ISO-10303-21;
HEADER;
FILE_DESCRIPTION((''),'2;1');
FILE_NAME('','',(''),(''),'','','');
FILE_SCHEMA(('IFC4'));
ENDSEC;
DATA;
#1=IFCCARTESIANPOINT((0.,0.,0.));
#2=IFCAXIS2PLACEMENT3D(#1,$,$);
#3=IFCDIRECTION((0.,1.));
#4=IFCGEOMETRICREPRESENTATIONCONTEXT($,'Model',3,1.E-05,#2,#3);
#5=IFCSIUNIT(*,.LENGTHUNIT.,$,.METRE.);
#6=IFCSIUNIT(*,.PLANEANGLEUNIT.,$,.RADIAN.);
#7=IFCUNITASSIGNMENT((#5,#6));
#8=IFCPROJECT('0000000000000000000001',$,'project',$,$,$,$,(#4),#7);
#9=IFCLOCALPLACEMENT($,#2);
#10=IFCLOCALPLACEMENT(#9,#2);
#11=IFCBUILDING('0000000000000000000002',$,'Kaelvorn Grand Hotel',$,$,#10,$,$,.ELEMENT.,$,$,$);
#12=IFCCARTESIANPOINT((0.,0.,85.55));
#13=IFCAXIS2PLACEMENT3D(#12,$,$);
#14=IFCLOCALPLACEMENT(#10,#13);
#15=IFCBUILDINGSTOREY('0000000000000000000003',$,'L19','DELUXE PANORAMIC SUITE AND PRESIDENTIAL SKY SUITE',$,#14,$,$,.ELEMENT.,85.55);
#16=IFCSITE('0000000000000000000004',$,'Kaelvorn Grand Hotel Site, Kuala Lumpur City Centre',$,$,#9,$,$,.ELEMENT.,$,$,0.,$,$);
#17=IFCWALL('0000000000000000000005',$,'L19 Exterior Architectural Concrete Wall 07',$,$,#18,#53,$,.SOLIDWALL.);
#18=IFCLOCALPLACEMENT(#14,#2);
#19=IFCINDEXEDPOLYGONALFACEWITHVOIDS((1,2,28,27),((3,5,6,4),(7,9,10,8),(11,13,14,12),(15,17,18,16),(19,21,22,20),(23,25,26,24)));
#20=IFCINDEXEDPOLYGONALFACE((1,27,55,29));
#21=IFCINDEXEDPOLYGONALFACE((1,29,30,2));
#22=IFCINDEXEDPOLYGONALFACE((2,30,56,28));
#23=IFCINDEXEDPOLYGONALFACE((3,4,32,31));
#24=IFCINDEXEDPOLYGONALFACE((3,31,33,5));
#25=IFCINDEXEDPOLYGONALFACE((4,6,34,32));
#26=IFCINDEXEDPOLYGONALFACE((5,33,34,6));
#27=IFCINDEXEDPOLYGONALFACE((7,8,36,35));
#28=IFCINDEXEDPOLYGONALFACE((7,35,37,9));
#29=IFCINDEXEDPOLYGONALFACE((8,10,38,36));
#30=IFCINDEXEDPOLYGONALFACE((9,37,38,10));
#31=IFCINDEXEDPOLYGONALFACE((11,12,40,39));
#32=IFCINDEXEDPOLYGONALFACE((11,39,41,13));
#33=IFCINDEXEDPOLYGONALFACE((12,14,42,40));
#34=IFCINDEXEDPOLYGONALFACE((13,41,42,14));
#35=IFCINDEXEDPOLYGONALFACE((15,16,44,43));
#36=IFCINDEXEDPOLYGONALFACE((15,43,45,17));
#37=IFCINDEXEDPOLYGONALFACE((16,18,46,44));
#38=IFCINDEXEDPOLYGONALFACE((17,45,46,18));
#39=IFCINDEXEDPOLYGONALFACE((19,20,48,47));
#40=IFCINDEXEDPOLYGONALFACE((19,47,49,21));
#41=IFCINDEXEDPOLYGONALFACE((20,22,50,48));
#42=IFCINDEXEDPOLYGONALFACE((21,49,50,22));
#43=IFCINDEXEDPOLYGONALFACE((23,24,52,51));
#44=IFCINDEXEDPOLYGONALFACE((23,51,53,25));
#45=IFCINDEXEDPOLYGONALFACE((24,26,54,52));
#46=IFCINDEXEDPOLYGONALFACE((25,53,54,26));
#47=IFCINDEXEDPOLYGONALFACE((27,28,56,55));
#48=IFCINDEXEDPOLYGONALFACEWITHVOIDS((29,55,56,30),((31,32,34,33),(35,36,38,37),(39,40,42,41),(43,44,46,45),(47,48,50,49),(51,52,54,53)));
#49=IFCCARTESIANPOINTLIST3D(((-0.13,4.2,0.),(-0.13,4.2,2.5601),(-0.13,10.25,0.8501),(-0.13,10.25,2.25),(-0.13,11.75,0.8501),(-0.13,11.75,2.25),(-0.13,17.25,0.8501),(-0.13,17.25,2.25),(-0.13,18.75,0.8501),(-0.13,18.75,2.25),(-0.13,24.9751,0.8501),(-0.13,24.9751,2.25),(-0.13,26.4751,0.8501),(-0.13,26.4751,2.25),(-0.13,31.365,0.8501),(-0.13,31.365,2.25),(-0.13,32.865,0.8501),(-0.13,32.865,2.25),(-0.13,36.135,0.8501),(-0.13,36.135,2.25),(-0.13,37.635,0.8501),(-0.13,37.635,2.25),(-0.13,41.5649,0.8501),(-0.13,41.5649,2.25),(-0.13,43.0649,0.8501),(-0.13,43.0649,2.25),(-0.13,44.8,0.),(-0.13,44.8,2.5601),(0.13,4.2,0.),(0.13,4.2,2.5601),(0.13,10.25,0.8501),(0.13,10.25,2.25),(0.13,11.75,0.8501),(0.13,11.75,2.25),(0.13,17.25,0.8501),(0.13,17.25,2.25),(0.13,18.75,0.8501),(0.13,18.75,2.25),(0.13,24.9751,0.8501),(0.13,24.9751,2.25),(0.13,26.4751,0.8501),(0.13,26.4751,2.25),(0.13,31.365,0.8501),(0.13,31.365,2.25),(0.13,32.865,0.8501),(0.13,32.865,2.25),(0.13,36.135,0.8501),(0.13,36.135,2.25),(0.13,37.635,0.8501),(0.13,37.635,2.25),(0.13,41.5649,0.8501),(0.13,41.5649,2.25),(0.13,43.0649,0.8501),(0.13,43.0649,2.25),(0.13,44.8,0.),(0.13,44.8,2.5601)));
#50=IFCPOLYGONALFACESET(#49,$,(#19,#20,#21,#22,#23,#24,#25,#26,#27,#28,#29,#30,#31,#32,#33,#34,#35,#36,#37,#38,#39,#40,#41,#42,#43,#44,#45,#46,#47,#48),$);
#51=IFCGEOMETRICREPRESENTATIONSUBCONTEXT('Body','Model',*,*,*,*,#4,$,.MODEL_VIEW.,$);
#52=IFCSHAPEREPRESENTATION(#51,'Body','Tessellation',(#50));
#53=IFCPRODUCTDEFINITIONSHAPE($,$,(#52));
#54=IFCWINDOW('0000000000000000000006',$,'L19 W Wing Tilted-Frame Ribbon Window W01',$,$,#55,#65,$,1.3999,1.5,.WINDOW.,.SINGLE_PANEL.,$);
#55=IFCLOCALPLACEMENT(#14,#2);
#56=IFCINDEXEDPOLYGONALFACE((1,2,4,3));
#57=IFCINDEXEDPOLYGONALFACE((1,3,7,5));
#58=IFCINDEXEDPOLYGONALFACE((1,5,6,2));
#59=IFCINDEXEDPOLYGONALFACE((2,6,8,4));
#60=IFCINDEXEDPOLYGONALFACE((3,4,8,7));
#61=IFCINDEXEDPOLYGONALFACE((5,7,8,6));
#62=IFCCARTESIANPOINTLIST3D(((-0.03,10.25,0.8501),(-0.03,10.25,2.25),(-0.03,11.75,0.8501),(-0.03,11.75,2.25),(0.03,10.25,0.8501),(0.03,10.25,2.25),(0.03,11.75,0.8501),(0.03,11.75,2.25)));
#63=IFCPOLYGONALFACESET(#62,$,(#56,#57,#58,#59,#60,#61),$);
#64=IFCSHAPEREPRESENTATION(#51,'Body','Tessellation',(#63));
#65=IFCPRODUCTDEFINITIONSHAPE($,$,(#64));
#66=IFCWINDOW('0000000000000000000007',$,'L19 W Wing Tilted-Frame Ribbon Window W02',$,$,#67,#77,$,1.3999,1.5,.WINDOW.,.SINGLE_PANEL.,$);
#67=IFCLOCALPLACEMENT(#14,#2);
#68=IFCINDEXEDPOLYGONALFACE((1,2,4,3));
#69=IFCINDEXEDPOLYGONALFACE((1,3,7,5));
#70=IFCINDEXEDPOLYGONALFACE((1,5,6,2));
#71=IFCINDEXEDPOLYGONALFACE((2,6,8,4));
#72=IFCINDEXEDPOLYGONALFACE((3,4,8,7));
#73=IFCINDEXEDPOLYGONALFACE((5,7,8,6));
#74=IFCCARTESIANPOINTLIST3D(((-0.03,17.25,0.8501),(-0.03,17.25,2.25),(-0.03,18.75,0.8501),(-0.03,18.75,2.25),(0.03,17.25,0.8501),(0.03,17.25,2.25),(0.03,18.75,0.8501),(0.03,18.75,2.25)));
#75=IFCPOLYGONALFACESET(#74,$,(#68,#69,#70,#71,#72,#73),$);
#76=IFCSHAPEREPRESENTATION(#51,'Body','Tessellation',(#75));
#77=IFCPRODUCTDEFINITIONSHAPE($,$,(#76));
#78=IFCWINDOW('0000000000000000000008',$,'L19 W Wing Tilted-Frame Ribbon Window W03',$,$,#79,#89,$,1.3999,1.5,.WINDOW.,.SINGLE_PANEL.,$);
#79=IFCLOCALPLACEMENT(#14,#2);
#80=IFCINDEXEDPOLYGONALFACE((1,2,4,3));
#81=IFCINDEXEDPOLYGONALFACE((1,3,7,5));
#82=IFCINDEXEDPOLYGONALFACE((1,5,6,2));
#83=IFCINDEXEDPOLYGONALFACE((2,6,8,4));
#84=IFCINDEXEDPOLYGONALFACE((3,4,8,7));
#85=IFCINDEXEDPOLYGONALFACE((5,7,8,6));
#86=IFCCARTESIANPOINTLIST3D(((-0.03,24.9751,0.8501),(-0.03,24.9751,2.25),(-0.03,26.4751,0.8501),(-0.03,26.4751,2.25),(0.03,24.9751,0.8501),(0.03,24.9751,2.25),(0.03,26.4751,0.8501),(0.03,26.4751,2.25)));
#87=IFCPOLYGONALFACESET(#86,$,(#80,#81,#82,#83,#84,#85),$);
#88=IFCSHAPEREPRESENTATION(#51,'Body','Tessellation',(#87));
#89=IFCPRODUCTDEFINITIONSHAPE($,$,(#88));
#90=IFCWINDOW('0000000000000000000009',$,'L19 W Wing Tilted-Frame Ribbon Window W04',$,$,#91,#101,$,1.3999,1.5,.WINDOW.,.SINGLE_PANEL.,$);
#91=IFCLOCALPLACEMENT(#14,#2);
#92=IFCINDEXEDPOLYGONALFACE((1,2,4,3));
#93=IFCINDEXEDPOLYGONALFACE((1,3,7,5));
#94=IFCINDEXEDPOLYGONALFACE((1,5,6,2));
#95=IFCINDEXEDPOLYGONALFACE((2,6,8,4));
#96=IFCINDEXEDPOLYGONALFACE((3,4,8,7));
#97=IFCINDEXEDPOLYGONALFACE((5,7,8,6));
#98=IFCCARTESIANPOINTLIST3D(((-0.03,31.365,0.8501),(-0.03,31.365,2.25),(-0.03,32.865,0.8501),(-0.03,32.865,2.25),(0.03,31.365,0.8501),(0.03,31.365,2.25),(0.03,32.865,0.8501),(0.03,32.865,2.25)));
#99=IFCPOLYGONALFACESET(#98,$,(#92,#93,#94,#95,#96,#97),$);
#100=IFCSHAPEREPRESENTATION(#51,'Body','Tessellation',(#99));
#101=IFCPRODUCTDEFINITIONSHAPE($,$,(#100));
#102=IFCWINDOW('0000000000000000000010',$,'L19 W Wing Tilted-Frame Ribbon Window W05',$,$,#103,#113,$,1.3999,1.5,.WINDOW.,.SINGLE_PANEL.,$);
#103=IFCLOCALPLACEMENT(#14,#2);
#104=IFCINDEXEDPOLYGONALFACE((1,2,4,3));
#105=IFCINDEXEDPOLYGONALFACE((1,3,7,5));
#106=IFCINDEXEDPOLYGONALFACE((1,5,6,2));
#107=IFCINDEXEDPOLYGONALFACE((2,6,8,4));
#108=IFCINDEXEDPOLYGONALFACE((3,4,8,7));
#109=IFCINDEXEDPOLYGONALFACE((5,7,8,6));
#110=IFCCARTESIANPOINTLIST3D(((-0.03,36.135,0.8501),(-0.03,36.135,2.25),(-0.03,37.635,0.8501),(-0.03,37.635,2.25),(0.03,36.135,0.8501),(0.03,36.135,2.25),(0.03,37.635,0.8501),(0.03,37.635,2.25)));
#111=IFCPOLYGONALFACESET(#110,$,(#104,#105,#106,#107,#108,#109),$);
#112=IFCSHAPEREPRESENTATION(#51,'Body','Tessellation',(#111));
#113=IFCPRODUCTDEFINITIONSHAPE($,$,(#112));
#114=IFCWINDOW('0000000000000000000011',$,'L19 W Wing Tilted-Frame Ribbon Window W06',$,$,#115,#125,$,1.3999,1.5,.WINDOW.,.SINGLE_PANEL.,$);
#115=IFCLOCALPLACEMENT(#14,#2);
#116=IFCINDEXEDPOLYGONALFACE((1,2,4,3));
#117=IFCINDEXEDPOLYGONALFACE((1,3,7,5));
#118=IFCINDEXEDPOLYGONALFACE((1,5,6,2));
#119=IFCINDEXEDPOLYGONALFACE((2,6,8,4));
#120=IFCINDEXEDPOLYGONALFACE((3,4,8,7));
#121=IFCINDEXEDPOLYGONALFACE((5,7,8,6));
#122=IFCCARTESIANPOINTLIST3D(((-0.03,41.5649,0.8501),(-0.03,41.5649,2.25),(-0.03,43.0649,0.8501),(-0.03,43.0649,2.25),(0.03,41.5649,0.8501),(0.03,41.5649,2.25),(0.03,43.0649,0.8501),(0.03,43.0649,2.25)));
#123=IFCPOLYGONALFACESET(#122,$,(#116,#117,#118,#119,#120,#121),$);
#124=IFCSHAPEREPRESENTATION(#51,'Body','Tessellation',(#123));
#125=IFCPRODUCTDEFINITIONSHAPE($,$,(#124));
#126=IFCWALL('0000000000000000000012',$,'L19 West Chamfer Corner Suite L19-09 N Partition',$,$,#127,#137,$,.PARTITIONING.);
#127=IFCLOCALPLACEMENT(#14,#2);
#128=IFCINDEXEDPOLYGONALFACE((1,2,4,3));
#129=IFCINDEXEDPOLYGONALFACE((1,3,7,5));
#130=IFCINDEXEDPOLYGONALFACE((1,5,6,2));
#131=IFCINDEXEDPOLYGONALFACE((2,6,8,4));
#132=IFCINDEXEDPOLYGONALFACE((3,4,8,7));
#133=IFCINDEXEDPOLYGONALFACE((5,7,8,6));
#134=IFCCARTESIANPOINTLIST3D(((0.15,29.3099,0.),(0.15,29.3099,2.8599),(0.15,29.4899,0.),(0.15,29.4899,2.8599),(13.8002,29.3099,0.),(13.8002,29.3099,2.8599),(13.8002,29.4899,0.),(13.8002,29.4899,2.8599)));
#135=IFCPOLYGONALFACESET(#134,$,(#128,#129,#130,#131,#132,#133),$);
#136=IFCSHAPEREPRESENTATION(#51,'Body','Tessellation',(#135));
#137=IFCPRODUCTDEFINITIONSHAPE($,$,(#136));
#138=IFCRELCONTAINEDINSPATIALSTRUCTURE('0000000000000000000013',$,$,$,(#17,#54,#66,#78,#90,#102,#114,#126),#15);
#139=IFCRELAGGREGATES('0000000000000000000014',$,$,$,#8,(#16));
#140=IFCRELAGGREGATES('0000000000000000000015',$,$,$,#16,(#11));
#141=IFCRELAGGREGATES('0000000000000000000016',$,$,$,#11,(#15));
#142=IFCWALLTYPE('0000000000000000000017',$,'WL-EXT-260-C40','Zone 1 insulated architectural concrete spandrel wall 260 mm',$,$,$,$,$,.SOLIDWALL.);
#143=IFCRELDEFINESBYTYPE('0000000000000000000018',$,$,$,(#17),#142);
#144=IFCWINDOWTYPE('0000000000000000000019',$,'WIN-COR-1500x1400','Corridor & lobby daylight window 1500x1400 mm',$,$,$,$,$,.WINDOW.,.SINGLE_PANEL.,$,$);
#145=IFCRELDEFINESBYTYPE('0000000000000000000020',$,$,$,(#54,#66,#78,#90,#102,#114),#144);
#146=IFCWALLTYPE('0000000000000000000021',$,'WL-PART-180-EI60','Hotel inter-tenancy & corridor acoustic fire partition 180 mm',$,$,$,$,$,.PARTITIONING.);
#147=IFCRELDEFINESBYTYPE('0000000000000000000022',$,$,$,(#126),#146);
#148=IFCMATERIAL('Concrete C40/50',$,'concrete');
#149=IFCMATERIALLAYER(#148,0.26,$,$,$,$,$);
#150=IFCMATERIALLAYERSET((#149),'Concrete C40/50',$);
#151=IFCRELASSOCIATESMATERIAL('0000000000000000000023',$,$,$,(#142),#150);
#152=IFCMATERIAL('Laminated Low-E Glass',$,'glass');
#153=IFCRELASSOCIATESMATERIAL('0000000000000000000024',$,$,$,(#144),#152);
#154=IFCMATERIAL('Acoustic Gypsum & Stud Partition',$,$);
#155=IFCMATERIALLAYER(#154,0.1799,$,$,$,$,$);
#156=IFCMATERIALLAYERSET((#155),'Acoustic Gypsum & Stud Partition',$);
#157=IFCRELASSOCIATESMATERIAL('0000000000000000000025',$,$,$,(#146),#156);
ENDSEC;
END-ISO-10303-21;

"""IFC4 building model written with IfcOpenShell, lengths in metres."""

from ifc_helpers import new_model, si_unit, direction, frame, frame_2d, origin, place, context, subcontext, project, spatial, rectangle, extrude, material, layer, layer_set, type_object, element, fill, save


model = new_model("IFC4")

# Units and contexts
model_context = context("Model", 3, precision=1e-05, world=origin(), true_north=direction((0.0, 1.0)))
body_context = subcontext(model_context, "Body", "Model", "MODEL_VIEW")
ifc_project = project(units=[si_unit("LENGTHUNIT", "METRE"), si_unit("PLANEANGLEUNIT", "RADIAN")], contexts=[model_context])

# Site, building, storey
site_placement = place(None, origin())
site = spatial("IfcSite", under=ifc_project, at=site_placement, Name="Kaelvorn Grand Hotel Site, Kuala Lumpur City Centre", CompositionType="ELEMENT", RefElevation=0.0)
building_placement = place(site_placement, origin())
building = spatial("IfcBuilding", under=site, at=building_placement, Name="Kaelvorn Grand Hotel", CompositionType="ELEMENT")
storey_placement = place(building_placement, frame((0.0, 0.0, 85.55)))
storey = spatial("IfcBuildingStorey", under=building, at=storey_placement, Name="L19", Description="DELUXE PANORAMIC SUITE AND PRESIDENTIAL SKY SUITE", CompositionType="ELEMENT", Elevation=85.55)

# Shared definitions
ifc_material_1 = material(Name="Concrete C40/50", Category="concrete")
ifc_layer_1 = layer(ifc_material_1, 0.26)
ifc_layer_set_1 = layer_set([ifc_layer_1], Name="Concrete C40/50")
wall_type_1 = type_object("IfcWallType", Name="WL-EXT-260-C40", Description="Zone 1 insulated architectural concrete spandrel wall 260 mm", PredefinedType="SOLIDWALL", material=ifc_layer_set_1)

# Wall, openings, windows
wall_1_placement = place(storey_placement, frame((0.0, 44.8, 0.0), z_axis=(0.0, 0.0, 1.0), x_axis=(0.0, -1.0, 0.0)))
wall_1 = element("IfcWall", 1, at=wall_1_placement, inside=storey, type_object=wall_type_1, Name="L19 Exterior Architectural Concrete Wall 07", PredefinedType="SOLIDWALL", context=body_context, shape_type="SweptSolid", body=[
    extrude(rectangle(XDim=40.6001, YDim=0.26, at=frame_2d((20.3, 0.0))), origin(), (0.0, 0.0, 1.0), 2.5601),
])
opening_1_placement = place(wall_1_placement, frame((33.05, 0.0, 0.8501)))
opening_1 = element("IfcOpeningElement", 2, at=opening_1_placement, cuts=wall_1, PredefinedType="OPENING", context=body_context, shape_type="SweptSolid", body=[
    extrude(rectangle(XDim=1.5, YDim=1.3999, at=frame_2d((0.75, 0.7))), frame((0.0, 0.1401, 0.0), z_axis=(0.0, -1.0, 0.0), x_axis=(1.0, 0.0, 0.0)), (0.0, 0.0, 1.0), 0.28),
])
opening_2_placement = place(wall_1_placement, frame((26.05, 0.0, 0.8501)))
opening_2 = element("IfcOpeningElement", 3, at=opening_2_placement, cuts=wall_1, PredefinedType="OPENING", context=body_context, shape_type="SweptSolid", body=[
    extrude(rectangle(XDim=1.5, YDim=1.3999, at=frame_2d((0.75, 0.7))), frame((0.0, 0.1401, 0.0), z_axis=(0.0, -1.0, 0.0), x_axis=(1.0, 0.0, 0.0)), (0.0, 0.0, 1.0), 0.28),
])
opening_3_placement = place(wall_1_placement, frame((18.325, 0.0, 0.8501)))
opening_3 = element("IfcOpeningElement", 4, at=opening_3_placement, cuts=wall_1, PredefinedType="OPENING", context=body_context, shape_type="SweptSolid", body=[
    extrude(rectangle(XDim=1.5, YDim=1.3999, at=frame_2d((0.75, 0.7))), frame((0.0, 0.1401, 0.0), z_axis=(0.0, -1.0, 0.0), x_axis=(1.0, 0.0, 0.0)), (0.0, 0.0, 1.0), 0.28),
])
opening_4_placement = place(wall_1_placement, frame((11.9351, 0.0, 0.8501)))
opening_4 = element("IfcOpeningElement", 5, at=opening_4_placement, cuts=wall_1, PredefinedType="OPENING", context=body_context, shape_type="SweptSolid", body=[
    extrude(rectangle(XDim=1.5, YDim=1.3999, at=frame_2d((0.75, 0.7))), frame((0.0, 0.1401, 0.0), z_axis=(0.0, -1.0, 0.0), x_axis=(1.0, 0.0, 0.0)), (0.0, 0.0, 1.0), 0.28),
])
opening_5_placement = place(wall_1_placement, frame((7.165, 0.0, 0.8501)))
opening_5 = element("IfcOpeningElement", 6, at=opening_5_placement, cuts=wall_1, PredefinedType="OPENING", context=body_context, shape_type="SweptSolid", body=[
    extrude(rectangle(XDim=1.5, YDim=1.3999, at=frame_2d((0.75, 0.7))), frame((0.0, 0.1401, 0.0), z_axis=(0.0, -1.0, 0.0), x_axis=(1.0, 0.0, 0.0)), (0.0, 0.0, 1.0), 0.28),
])
opening_6_placement = place(wall_1_placement, frame((1.7351, 0.0, 0.8501)))
opening_6 = element("IfcOpeningElement", 7, at=opening_6_placement, cuts=wall_1, PredefinedType="OPENING", context=body_context, shape_type="SweptSolid", body=[
    extrude(rectangle(XDim=1.5, YDim=1.3999, at=frame_2d((0.75, 0.7))), frame((0.0, 0.1401, 0.0), z_axis=(0.0, -1.0, 0.0), x_axis=(1.0, 0.0, 0.0)), (0.0, 0.0, 1.0), 0.28),
])
ifc_material_2 = material(Name="Laminated Low-E Glass", Category="glass")
window_type = type_object("IfcWindowType", Name="WIN-COR-1500x1400", Description="Corridor & lobby daylight window 1500x1400 mm", PartitioningType="SINGLE_PANEL", PredefinedType="WINDOW", material=ifc_material_2)
window_1_placement = place(opening_1_placement, origin())
window_1 = element("IfcWindow", 8, at=window_1_placement, inside=storey, type_object=window_type, Name="L19 W Wing Tilted-Frame Ribbon Window W01", OverallHeight=1.3999, OverallWidth=1.5, PartitioningType="SINGLE_PANEL", PredefinedType="WINDOW", context=body_context, shape_type="SweptSolid", body=[
    extrude(rectangle(XDim=1.5, YDim=1.3999, at=frame_2d((0.75, 0.7))), frame((0.0, 0.03, 0.0), z_axis=(0.0, -1.0, 0.0), x_axis=(1.0, 0.0, 0.0)), (0.0, 0.0, 1.0), 0.0601),
])
fill(opening_1, window_1)
window_2_placement = place(opening_2_placement, origin())
window_2 = element("IfcWindow", 9, at=window_2_placement, inside=storey, type_object=window_type, Name="L19 W Wing Tilted-Frame Ribbon Window W02", OverallHeight=1.3999, OverallWidth=1.5, PartitioningType="SINGLE_PANEL", PredefinedType="WINDOW", context=body_context, shape_type="SweptSolid", body=[
    extrude(rectangle(XDim=1.5, YDim=1.3999, at=frame_2d((0.75, 0.7))), frame((0.0, 0.03, 0.0), z_axis=(0.0, -1.0, 0.0), x_axis=(1.0, 0.0, 0.0)), (0.0, 0.0, 1.0), 0.0601),
])
fill(opening_2, window_2)
window_3_placement = place(opening_3_placement, origin())
window_3 = element("IfcWindow", 10, at=window_3_placement, inside=storey, type_object=window_type, Name="L19 W Wing Tilted-Frame Ribbon Window W03", OverallHeight=1.3999, OverallWidth=1.5, PartitioningType="SINGLE_PANEL", PredefinedType="WINDOW", context=body_context, shape_type="SweptSolid", body=[
    extrude(rectangle(XDim=1.5, YDim=1.3999, at=frame_2d((0.75, 0.7))), frame((0.0, 0.03, 0.0), z_axis=(0.0, -1.0, 0.0), x_axis=(1.0, 0.0, 0.0)), (0.0, 0.0, 1.0), 0.0601),
])
fill(opening_3, window_3)
window_4_placement = place(opening_4_placement, origin())
window_4 = element("IfcWindow", 11, at=window_4_placement, inside=storey, type_object=window_type, Name="L19 W Wing Tilted-Frame Ribbon Window W04", OverallHeight=1.3999, OverallWidth=1.5, PartitioningType="SINGLE_PANEL", PredefinedType="WINDOW", context=body_context, shape_type="SweptSolid", body=[
    extrude(rectangle(XDim=1.5, YDim=1.3999, at=frame_2d((0.75, 0.7))), frame((0.0, 0.03, 0.0), z_axis=(0.0, -1.0, 0.0), x_axis=(1.0, 0.0, 0.0)), (0.0, 0.0, 1.0), 0.0601),
])
fill(opening_4, window_4)
window_5_placement = place(opening_5_placement, origin())
window_5 = element("IfcWindow", 12, at=window_5_placement, inside=storey, type_object=window_type, Name="L19 W Wing Tilted-Frame Ribbon Window W05", OverallHeight=1.3999, OverallWidth=1.5, PartitioningType="SINGLE_PANEL", PredefinedType="WINDOW", context=body_context, shape_type="SweptSolid", body=[
    extrude(rectangle(XDim=1.5, YDim=1.3999, at=frame_2d((0.75, 0.7))), frame((0.0, 0.03, 0.0), z_axis=(0.0, -1.0, 0.0), x_axis=(1.0, 0.0, 0.0)), (0.0, 0.0, 1.0), 0.0601),
])
fill(opening_5, window_5)
window_6_placement = place(opening_6_placement, origin())
window_6 = element("IfcWindow", 13, at=window_6_placement, inside=storey, type_object=window_type, Name="L19 W Wing Tilted-Frame Ribbon Window W06", OverallHeight=1.3999, OverallWidth=1.5, PartitioningType="SINGLE_PANEL", PredefinedType="WINDOW", context=body_context, shape_type="SweptSolid", body=[
    extrude(rectangle(XDim=1.5, YDim=1.3999, at=frame_2d((0.75, 0.7))), frame((0.0, 0.03, 0.0), z_axis=(0.0, -1.0, 0.0), x_axis=(1.0, 0.0, 0.0)), (0.0, 0.0, 1.0), 0.0601),
])
fill(opening_6, window_6)

# Wall
ifc_material_3 = material(Name="Acoustic Gypsum & Stud Partition")
ifc_layer_2 = layer(ifc_material_3, 0.1799)
ifc_layer_set_2 = layer_set([ifc_layer_2], Name="Acoustic Gypsum & Stud Partition")
wall_type_2 = type_object("IfcWallType", Name="WL-PART-180-EI60", Description="Hotel inter-tenancy & corridor acoustic fire partition 180 mm", PredefinedType="PARTITIONING", material=ifc_layer_set_2)
wall_2_placement = place(storey_placement, frame((0.1499, 29.3999, 0.0), z_axis=(0.0, 0.0, 1.0), x_axis=(1.0, 0.0, 0.0)))
element("IfcWall", 14, at=wall_2_placement, inside=storey, type_object=wall_type_2, Name="L19 West Chamfer Corner Suite L19-09 N Partition", PredefinedType="PARTITIONING", context=body_context, shape_type="SweptSolid", body=[
    extrude(rectangle(XDim=13.6501, YDim=0.1799, at=frame_2d((6.8252, 0.0))), origin(), (0.0, 0.0, 1.0), 2.8599),
])

save(model, "model.ifc")
